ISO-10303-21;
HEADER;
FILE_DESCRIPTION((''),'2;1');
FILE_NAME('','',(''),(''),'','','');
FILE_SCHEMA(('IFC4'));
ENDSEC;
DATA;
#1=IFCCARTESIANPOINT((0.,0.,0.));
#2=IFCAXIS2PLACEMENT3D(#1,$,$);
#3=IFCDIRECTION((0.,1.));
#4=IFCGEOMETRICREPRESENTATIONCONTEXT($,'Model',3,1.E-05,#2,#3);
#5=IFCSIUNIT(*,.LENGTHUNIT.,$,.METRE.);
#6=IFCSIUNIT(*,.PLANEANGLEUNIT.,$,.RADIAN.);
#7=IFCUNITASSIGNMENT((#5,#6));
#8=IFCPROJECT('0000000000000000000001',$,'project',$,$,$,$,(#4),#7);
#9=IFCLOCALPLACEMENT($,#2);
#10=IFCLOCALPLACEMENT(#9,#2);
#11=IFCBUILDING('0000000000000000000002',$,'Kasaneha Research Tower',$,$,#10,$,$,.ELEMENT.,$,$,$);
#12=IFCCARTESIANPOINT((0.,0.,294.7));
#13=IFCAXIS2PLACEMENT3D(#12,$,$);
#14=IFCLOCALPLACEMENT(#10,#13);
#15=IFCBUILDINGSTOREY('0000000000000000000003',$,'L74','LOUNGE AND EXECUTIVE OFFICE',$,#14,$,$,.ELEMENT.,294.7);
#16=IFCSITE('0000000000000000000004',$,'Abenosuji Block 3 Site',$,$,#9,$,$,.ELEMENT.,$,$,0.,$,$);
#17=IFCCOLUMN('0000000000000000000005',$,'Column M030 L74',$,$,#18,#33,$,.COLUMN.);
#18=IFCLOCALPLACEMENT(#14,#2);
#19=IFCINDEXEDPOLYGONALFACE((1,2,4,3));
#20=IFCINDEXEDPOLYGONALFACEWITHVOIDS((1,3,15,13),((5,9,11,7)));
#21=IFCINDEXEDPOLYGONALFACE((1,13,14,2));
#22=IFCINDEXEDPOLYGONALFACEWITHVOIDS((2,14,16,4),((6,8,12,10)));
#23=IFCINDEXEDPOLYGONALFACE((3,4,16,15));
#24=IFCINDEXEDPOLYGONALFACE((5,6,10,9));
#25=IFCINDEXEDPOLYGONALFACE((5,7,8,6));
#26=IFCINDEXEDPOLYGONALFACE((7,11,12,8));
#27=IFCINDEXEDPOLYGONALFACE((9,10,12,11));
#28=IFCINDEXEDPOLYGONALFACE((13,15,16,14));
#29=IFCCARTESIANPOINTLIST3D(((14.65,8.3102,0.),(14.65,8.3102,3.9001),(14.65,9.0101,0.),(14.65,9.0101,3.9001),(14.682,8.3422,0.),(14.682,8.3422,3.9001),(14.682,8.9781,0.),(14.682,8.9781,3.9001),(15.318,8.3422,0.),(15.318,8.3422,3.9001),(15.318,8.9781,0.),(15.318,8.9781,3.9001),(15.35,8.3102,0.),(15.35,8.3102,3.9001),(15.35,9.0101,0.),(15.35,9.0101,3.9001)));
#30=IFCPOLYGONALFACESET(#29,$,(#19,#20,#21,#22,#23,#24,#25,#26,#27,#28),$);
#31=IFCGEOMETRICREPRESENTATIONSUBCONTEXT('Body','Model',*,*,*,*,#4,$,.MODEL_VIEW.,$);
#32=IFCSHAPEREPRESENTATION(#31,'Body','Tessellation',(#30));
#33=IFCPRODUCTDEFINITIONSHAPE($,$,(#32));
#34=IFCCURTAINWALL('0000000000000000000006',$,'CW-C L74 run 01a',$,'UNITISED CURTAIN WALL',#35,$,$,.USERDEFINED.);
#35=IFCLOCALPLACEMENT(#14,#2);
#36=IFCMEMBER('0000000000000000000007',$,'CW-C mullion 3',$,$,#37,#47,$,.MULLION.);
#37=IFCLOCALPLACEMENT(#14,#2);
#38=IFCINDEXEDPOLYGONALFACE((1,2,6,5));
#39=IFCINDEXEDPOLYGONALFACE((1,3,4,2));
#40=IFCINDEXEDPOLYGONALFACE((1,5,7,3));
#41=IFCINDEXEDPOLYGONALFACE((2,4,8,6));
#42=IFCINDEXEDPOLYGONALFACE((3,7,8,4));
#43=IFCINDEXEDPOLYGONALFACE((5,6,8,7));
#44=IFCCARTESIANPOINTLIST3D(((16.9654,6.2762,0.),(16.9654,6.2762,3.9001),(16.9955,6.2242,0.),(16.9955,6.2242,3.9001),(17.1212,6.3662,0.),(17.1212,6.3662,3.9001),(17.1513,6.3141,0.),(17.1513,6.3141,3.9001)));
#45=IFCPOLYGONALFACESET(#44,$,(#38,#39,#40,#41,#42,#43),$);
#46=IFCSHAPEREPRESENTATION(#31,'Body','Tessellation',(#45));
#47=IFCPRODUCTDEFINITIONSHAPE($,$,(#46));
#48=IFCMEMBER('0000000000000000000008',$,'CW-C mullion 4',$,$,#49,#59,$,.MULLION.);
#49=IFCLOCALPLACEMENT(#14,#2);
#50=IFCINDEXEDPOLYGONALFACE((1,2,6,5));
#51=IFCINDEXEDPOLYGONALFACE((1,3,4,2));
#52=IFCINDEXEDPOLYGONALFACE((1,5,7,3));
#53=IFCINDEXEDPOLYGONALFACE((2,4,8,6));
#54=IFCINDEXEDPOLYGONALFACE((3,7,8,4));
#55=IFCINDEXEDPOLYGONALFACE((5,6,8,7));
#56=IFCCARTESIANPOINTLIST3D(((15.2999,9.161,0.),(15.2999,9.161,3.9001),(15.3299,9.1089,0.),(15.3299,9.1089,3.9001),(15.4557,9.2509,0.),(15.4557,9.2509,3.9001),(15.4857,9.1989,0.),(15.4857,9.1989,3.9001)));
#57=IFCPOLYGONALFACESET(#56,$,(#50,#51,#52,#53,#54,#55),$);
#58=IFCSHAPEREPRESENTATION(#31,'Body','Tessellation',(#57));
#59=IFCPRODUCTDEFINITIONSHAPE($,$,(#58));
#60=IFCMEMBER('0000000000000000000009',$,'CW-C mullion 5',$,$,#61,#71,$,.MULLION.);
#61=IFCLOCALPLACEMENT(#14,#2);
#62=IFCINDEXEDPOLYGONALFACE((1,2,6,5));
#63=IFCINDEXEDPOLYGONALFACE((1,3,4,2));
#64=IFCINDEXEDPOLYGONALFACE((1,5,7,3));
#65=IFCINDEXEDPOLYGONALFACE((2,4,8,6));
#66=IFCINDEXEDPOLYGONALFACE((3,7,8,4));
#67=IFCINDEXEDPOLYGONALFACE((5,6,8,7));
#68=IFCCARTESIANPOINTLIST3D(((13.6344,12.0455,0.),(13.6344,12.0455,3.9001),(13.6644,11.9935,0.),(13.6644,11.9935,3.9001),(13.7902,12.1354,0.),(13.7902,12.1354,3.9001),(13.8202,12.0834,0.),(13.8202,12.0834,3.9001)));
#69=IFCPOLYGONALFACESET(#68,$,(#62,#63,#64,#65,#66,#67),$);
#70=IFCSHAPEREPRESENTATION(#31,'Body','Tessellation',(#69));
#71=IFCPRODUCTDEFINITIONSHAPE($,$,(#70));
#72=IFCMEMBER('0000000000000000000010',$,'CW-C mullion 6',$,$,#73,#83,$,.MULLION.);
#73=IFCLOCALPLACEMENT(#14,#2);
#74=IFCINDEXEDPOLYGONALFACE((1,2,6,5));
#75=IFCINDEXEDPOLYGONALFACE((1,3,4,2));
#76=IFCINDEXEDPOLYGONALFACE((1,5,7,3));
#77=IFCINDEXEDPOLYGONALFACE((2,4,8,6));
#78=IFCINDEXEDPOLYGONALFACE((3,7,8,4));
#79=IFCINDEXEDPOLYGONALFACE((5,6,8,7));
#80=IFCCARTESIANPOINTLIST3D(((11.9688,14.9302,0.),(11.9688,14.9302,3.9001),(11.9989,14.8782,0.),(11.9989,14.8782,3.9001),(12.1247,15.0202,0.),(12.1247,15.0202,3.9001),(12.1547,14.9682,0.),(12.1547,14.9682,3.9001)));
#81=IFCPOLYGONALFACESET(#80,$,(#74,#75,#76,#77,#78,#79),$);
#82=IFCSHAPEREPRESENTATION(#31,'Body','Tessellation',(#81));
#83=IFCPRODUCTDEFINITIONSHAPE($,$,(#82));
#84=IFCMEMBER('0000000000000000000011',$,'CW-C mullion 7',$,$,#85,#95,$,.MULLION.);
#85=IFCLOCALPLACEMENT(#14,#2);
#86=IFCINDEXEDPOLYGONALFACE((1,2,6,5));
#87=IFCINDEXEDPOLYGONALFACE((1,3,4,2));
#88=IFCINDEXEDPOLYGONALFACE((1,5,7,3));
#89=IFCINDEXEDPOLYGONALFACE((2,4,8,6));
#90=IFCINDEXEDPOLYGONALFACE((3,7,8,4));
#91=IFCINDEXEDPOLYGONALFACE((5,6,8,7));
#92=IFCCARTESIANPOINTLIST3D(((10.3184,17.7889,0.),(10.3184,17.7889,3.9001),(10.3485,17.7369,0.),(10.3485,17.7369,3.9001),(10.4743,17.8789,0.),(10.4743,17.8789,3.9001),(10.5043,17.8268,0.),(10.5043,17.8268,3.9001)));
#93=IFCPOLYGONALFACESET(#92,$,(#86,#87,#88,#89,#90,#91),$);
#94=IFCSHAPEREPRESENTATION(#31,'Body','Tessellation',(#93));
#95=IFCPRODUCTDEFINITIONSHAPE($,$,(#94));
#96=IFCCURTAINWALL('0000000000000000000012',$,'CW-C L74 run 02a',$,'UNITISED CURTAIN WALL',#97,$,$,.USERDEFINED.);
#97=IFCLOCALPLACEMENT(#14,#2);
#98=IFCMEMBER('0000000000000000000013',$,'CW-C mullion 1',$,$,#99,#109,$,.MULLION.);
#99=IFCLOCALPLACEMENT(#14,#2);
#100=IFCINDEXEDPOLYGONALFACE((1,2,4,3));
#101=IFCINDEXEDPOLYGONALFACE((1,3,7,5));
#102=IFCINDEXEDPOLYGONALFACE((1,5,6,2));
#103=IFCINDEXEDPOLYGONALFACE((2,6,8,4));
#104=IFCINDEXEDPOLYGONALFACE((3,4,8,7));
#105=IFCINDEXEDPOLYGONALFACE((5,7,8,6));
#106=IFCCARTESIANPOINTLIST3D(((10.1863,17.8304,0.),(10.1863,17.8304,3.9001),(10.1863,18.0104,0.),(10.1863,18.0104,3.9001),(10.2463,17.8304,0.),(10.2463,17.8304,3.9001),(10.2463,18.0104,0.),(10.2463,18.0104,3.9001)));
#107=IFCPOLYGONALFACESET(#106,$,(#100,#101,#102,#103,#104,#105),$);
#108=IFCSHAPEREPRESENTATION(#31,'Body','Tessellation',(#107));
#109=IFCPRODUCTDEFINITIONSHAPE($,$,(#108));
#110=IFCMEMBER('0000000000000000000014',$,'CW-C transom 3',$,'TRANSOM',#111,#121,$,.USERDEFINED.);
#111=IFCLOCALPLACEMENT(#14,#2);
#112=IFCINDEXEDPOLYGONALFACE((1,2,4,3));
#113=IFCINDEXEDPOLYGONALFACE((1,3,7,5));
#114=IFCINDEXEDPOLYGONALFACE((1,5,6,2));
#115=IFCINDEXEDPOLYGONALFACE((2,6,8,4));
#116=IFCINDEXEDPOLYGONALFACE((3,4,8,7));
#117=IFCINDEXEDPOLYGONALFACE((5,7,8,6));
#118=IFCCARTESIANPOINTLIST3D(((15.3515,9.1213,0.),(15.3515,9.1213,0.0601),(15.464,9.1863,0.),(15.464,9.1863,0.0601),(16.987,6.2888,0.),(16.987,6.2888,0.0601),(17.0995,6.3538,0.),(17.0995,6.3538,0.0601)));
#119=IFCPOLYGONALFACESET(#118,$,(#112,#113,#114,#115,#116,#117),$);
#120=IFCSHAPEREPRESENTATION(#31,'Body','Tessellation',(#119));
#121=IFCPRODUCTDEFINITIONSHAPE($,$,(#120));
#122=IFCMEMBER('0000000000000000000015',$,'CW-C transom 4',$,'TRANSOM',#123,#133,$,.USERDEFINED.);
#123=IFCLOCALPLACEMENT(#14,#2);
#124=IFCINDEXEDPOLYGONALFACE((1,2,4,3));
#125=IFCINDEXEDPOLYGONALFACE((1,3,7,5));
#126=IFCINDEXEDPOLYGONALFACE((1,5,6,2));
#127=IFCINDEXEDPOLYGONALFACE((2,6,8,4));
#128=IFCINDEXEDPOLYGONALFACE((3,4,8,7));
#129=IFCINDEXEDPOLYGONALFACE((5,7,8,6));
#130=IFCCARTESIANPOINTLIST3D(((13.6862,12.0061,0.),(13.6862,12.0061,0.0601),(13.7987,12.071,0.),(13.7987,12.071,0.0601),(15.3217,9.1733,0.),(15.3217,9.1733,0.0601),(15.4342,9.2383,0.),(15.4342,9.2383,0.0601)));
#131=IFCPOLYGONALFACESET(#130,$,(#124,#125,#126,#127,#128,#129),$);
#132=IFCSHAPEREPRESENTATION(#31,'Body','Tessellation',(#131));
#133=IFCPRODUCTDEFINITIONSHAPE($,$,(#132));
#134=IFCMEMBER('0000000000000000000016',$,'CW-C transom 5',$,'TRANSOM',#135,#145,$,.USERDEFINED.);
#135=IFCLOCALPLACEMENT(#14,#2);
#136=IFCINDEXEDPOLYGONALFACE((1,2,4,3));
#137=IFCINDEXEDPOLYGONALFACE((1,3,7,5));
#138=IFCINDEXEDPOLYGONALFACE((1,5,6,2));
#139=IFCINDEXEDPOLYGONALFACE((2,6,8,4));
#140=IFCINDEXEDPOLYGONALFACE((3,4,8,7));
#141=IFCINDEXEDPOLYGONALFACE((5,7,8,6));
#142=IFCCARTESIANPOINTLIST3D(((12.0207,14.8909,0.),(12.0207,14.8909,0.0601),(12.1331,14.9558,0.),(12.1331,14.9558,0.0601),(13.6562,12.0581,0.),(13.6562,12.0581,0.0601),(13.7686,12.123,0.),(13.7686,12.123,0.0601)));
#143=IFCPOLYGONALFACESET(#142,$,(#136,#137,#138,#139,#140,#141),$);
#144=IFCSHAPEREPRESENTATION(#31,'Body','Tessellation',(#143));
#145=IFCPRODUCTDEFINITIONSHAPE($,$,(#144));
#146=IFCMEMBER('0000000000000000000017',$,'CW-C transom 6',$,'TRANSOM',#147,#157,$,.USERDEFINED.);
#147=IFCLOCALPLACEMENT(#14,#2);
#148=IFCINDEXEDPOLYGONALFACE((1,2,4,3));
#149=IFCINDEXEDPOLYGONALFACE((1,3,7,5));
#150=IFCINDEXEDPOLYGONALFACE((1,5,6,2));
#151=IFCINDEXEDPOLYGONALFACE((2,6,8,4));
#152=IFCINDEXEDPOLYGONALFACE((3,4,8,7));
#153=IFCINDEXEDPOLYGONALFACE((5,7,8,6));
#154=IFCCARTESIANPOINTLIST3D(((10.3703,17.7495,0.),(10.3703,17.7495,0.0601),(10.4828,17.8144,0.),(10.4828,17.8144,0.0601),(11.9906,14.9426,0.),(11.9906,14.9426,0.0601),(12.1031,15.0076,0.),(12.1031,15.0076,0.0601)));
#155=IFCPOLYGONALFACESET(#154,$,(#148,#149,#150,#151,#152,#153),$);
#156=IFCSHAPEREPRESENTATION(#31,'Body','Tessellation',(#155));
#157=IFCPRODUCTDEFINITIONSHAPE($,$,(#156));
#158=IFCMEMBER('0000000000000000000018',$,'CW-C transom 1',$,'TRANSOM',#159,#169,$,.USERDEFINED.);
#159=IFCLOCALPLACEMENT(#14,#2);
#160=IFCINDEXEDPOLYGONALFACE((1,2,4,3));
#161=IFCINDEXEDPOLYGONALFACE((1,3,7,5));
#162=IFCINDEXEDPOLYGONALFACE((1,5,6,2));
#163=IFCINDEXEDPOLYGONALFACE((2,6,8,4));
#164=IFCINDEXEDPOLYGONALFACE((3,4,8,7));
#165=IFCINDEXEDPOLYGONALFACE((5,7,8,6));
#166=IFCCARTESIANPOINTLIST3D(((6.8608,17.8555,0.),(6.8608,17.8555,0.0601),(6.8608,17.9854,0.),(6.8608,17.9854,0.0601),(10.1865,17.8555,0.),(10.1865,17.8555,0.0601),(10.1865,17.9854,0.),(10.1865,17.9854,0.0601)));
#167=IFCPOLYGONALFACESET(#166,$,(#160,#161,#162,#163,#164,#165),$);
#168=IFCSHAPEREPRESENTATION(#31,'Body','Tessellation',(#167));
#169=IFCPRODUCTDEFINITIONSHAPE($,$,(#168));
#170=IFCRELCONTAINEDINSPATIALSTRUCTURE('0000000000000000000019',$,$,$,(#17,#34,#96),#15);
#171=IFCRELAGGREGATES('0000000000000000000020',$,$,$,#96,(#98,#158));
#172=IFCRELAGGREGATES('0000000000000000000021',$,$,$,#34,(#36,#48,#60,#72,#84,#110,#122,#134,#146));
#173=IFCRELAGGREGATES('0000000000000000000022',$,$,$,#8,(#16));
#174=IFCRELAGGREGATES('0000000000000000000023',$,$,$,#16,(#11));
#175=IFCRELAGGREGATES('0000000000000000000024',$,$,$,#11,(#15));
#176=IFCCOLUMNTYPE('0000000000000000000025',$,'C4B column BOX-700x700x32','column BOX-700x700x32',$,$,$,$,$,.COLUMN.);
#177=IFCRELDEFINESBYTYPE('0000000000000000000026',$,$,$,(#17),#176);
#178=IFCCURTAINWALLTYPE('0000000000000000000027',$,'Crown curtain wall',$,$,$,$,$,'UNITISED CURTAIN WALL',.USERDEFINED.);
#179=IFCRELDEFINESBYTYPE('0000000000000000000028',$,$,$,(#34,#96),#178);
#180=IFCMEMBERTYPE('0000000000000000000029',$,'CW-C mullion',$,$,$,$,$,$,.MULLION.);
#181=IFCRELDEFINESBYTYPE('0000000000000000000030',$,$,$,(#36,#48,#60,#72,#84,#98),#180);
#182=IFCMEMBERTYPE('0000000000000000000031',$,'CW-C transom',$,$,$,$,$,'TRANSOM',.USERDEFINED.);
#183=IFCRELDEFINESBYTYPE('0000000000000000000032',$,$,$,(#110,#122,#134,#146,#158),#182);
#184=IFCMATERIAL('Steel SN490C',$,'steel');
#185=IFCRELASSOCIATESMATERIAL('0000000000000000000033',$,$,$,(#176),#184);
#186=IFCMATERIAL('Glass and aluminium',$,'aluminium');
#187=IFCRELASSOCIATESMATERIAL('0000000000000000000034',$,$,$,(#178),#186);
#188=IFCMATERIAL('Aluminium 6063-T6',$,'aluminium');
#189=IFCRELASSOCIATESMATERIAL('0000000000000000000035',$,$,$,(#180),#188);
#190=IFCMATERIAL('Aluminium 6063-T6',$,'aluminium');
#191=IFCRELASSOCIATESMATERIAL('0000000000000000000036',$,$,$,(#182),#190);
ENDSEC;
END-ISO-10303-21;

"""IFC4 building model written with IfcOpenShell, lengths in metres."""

from ifc_helpers import new_model, si_unit, direction, frame, origin, origin_2d, place, context, subcontext, project, spatial, rectangle, hollow_rectangle, extrude, material, material_profile, profile_set, type_object, element, aggregate, save


model = new_model("IFC4")

# Units and contexts
model_context = context("Model", 3, precision=1e-05, world=origin(), true_north=direction((0.0, 1.0)))
body_context = subcontext(model_context, "Body", "Model", "MODEL_VIEW")
ifc_project = project(units=[si_unit("LENGTHUNIT", "METRE"), si_unit("PLANEANGLEUNIT", "RADIAN")], contexts=[model_context])

# Site, building, storey
site_placement = place(None, origin())
site = spatial("IfcSite", under=ifc_project, at=site_placement, Name="Abenosuji Block 3 Site", CompositionType="ELEMENT", RefElevation=0.0)
building_placement = place(site_placement, origin())
building = spatial("IfcBuilding", under=site, at=building_placement, Name="Kasaneha Research Tower", CompositionType="ELEMENT")
storey_placement = place(building_placement, frame((0.0, 0.0, 294.7)))
storey = spatial("IfcBuildingStorey", under=building, at=storey_placement, Name="L74", Description="LOUNGE AND EXECUTIVE OFFICE", CompositionType="ELEMENT", Elevation=294.7)

# Column
ifc_material_1 = material(Name="Steel SN490C", Category="steel")
ifc_material_profile_1 = material_profile(ifc_material_1, hollow_rectangle(XDim=0.7, YDim=0.7, WallThickness=0.032, at=origin_2d()), Name="BOX-700x700x32")
ifc_profile_set_1 = profile_set([ifc_material_profile_1], Name="Steel SN490C")
column_type = type_object("IfcColumnType", Name="C4B column BOX-700x700x32", Description="column BOX-700x700x32", PredefinedType="COLUMN", material=ifc_profile_set_1)
column_placement = place(storey_placement, frame((15.0, 8.6602, 0.0), z_axis=(0.0, 0.0, 1.0), x_axis=(1.0, 0.0, 0.0)))
element("IfcColumn", 1, at=column_placement, inside=storey, type_object=column_type, Name="Column M030 L74", PredefinedType="COLUMN", context=body_context, shape_type="SweptSolid", body=[
    extrude(hollow_rectangle(XDim=0.7, YDim=0.7, WallThickness=0.032, at=origin_2d()), origin(), (0.0, 0.0, 1.0), 3.9001),
])

# Curtain wall, members
ifc_material_2 = material(Name="Glass and aluminium", Category="aluminium")
curtain_wall_type = type_object("IfcCurtainWallType", Name="Crown curtain wall", ElementType="UNITISED CURTAIN WALL", PredefinedType="USERDEFINED", material=ifc_material_2)
curtain_wall_1_placement = place(storey_placement, origin())
curtain_wall_1 = element("IfcCurtainWall", 2, at=curtain_wall_1_placement, inside=storey, type_object=curtain_wall_type, Name="CW-C L74 run 01a", ObjectType="UNITISED CURTAIN WALL", PredefinedType="USERDEFINED")
ifc_material_3 = material(Name="Aluminium 6063-T6", Category="aluminium")
ifc_material_profile_2 = material_profile(ifc_material_3, rectangle(XDim=0.0601, YDim=0.1799, at=origin_2d()), Name="CW-C mullion 60x180")
ifc_profile_set_2 = profile_set([ifc_material_profile_2], Name="Aluminium 6063-T6")
member_type_1 = type_object("IfcMemberType", Name="CW-C mullion", PredefinedType="MULLION", material=ifc_profile_set_2)
member_1_placement = place(storey_placement, frame((17.0583, 6.2952, 0.0), z_axis=(0.0, 0.0, 1.0), x_axis=(-0.5, 0.866025, 0.0)))
member_1 = element("IfcMember", 3, at=member_1_placement, type_object=member_type_1, Name="CW-C mullion 3", PredefinedType="MULLION", context=body_context, shape_type="SweptSolid", body=[
    extrude(rectangle(XDim=0.0601, YDim=0.1799, at=origin_2d()), origin(), (0.0, 0.0, 1.0), 3.9001),
])
member_2_placement = place(storey_placement, frame((15.3928, 9.1799, 0.0), z_axis=(0.0, 0.0, 1.0), x_axis=(-0.5, 0.866025, 0.0)))
member_2 = element("IfcMember", 4, at=member_2_placement, type_object=member_type_1, Name="CW-C mullion 4", PredefinedType="MULLION", context=body_context, shape_type="SweptSolid", body=[
    extrude(rectangle(XDim=0.0601, YDim=0.1799, at=origin_2d()), origin(), (0.0, 0.0, 1.0), 3.9001),
])
member_3_placement = place(storey_placement, frame((13.7273, 12.0645, 0.0), z_axis=(0.0, 0.0, 1.0), x_axis=(-0.5, 0.866025, 0.0)))
member_3 = element("IfcMember", 5, at=member_3_placement, type_object=member_type_1, Name="CW-C mullion 5", PredefinedType="MULLION", context=body_context, shape_type="SweptSolid", body=[
    extrude(rectangle(XDim=0.0601, YDim=0.1799, at=origin_2d()), origin(), (0.0, 0.0, 1.0), 3.9001),
])
member_4_placement = place(storey_placement, frame((12.0618, 14.9492, 0.0), z_axis=(0.0, 0.0, 1.0), x_axis=(-0.5, 0.866025, 0.0)))
member_4 = element("IfcMember", 6, at=member_4_placement, type_object=member_type_1, Name="CW-C mullion 6", PredefinedType="MULLION", context=body_context, shape_type="SweptSolid", body=[
    extrude(rectangle(XDim=0.0601, YDim=0.1799, at=origin_2d()), origin(), (0.0, 0.0, 1.0), 3.9001),
])
member_5_placement = place(storey_placement, frame((10.4114, 17.8079, 0.0), z_axis=(0.0, 0.0, 1.0), x_axis=(-0.5, 0.866025, 0.0)))
member_5 = element("IfcMember", 7, at=member_5_placement, type_object=member_type_1, Name="CW-C mullion 7", PredefinedType="MULLION", context=body_context, shape_type="SweptSolid", body=[
    extrude(rectangle(XDim=0.0601, YDim=0.1799, at=origin_2d()), origin(), (0.0, 0.0, 1.0), 3.9001),
])

# Curtain wall, member
curtain_wall_2_placement = place(storey_placement, origin())
curtain_wall_2 = element("IfcCurtainWall", 8, at=curtain_wall_2_placement, inside=storey, type_object=curtain_wall_type, Name="CW-C L74 run 02a", ObjectType="UNITISED CURTAIN WALL", PredefinedType="USERDEFINED")
member_6_placement = place(storey_placement, frame((10.2163, 17.9204, 0.0), z_axis=(0.0, 0.0, 1.0), x_axis=(-1.0, 0.0, 0.0)))
member_6 = element("IfcMember", 9, at=member_6_placement, type_object=member_type_1, Name="CW-C mullion 1", PredefinedType="MULLION", context=body_context, shape_type="SweptSolid", body=[
    extrude(rectangle(XDim=0.0601, YDim=0.1799, at=origin_2d()), origin(), (0.0, 0.0, 1.0), 3.9001),
])

# Members
ifc_material_4 = material(Name="Aluminium 6063-T6", Category="aluminium")
ifc_material_profile_3 = material_profile(ifc_material_4, rectangle(XDim=0.1299, YDim=0.0601, at=origin_2d()), Name="CW-C transom 130x60")
ifc_profile_set_3 = profile_set([ifc_material_profile_3], Name="Aluminium 6063-T6")
member_type_2 = type_object("IfcMemberType", Name="CW-C transom", ElementType="TRANSOM", PredefinedType="USERDEFINED", material=ifc_profile_set_3)
member_7_placement = place(storey_placement, frame((17.0432, 6.3213, 0.03), z_axis=(-0.500033, 0.866007, 0.0), x_axis=(-0.866007, -0.500033, 0.0)))
member_7 = element("IfcMember", 10, at=member_7_placement, type_object=member_type_2, Name="CW-C transom 3", ObjectType="TRANSOM", PredefinedType="USERDEFINED", context=body_context, shape_type="SweptSolid", body=[
    extrude(rectangle(XDim=0.1299, YDim=0.0601, at=origin_2d()), origin(), (0.0, 0.0, 1.0), 3.2708),
])
member_8_placement = place(storey_placement, frame((15.3779, 9.2058, 0.03), z_axis=(-0.5, 0.866025, 0.0), x_axis=(-0.866025, -0.5, 0.0)))
member_8 = element("IfcMember", 11, at=member_8_placement, type_object=member_type_2, Name="CW-C transom 4", ObjectType="TRANSOM", PredefinedType="USERDEFINED", context=body_context, shape_type="SweptSolid", body=[
    extrude(rectangle(XDim=0.1299, YDim=0.0601, at=origin_2d()), origin(), (0.0, 0.0, 1.0), 3.271),
])
member_9_placement = place(storey_placement, frame((13.7124, 12.0906, 0.03), z_axis=(-0.5, 0.866025, 0.0), x_axis=(-0.866025, -0.5, 0.0)))
member_9 = element("IfcMember", 12, at=member_9_placement, type_object=member_type_2, Name="CW-C transom 5", ObjectType="TRANSOM", PredefinedType="USERDEFINED", context=body_context, shape_type="SweptSolid", body=[
    extrude(rectangle(XDim=0.1299, YDim=0.0601, at=origin_2d()), origin(), (0.0, 0.0, 1.0), 3.271),
])
member_10_placement = place(storey_placement, frame((12.0469, 14.9751, 0.03), z_axis=(-0.499955, 0.866051, 0.0), x_axis=(-0.866051, -0.499955, 0.0)))
member_10 = element("IfcMember", 13, at=member_10_placement, type_object=member_type_2, Name="CW-C transom 6", ObjectType="TRANSOM", PredefinedType="USERDEFINED", context=body_context, shape_type="SweptSolid", body=[
    extrude(rectangle(XDim=0.1299, YDim=0.0601, at=origin_2d()), origin(), (0.0, 0.0, 1.0), 3.241),
])
member_11_placement = place(storey_placement, frame((10.1865, 17.9204, 0.03), z_axis=(-1.0, 0.0, 0.0), x_axis=(0.0, -1.0, 0.0)))
member_11 = element("IfcMember", 14, at=member_11_placement, type_object=member_type_2, Name="CW-C transom 1", ObjectType="TRANSOM", PredefinedType="USERDEFINED", context=body_context, shape_type="SweptSolid", body=[
    extrude(rectangle(XDim=0.1299, YDim=0.0601, at=origin_2d()), origin(), (0.0, 0.0, 1.0), 3.3257),
])
aggregate(curtain_wall_2, [member_6, member_11])

aggregate(curtain_wall_1, [member_1, member_2, member_3, member_4, member_5, member_7, member_8, member_9, member_10])

save(model, "model.ifc")
